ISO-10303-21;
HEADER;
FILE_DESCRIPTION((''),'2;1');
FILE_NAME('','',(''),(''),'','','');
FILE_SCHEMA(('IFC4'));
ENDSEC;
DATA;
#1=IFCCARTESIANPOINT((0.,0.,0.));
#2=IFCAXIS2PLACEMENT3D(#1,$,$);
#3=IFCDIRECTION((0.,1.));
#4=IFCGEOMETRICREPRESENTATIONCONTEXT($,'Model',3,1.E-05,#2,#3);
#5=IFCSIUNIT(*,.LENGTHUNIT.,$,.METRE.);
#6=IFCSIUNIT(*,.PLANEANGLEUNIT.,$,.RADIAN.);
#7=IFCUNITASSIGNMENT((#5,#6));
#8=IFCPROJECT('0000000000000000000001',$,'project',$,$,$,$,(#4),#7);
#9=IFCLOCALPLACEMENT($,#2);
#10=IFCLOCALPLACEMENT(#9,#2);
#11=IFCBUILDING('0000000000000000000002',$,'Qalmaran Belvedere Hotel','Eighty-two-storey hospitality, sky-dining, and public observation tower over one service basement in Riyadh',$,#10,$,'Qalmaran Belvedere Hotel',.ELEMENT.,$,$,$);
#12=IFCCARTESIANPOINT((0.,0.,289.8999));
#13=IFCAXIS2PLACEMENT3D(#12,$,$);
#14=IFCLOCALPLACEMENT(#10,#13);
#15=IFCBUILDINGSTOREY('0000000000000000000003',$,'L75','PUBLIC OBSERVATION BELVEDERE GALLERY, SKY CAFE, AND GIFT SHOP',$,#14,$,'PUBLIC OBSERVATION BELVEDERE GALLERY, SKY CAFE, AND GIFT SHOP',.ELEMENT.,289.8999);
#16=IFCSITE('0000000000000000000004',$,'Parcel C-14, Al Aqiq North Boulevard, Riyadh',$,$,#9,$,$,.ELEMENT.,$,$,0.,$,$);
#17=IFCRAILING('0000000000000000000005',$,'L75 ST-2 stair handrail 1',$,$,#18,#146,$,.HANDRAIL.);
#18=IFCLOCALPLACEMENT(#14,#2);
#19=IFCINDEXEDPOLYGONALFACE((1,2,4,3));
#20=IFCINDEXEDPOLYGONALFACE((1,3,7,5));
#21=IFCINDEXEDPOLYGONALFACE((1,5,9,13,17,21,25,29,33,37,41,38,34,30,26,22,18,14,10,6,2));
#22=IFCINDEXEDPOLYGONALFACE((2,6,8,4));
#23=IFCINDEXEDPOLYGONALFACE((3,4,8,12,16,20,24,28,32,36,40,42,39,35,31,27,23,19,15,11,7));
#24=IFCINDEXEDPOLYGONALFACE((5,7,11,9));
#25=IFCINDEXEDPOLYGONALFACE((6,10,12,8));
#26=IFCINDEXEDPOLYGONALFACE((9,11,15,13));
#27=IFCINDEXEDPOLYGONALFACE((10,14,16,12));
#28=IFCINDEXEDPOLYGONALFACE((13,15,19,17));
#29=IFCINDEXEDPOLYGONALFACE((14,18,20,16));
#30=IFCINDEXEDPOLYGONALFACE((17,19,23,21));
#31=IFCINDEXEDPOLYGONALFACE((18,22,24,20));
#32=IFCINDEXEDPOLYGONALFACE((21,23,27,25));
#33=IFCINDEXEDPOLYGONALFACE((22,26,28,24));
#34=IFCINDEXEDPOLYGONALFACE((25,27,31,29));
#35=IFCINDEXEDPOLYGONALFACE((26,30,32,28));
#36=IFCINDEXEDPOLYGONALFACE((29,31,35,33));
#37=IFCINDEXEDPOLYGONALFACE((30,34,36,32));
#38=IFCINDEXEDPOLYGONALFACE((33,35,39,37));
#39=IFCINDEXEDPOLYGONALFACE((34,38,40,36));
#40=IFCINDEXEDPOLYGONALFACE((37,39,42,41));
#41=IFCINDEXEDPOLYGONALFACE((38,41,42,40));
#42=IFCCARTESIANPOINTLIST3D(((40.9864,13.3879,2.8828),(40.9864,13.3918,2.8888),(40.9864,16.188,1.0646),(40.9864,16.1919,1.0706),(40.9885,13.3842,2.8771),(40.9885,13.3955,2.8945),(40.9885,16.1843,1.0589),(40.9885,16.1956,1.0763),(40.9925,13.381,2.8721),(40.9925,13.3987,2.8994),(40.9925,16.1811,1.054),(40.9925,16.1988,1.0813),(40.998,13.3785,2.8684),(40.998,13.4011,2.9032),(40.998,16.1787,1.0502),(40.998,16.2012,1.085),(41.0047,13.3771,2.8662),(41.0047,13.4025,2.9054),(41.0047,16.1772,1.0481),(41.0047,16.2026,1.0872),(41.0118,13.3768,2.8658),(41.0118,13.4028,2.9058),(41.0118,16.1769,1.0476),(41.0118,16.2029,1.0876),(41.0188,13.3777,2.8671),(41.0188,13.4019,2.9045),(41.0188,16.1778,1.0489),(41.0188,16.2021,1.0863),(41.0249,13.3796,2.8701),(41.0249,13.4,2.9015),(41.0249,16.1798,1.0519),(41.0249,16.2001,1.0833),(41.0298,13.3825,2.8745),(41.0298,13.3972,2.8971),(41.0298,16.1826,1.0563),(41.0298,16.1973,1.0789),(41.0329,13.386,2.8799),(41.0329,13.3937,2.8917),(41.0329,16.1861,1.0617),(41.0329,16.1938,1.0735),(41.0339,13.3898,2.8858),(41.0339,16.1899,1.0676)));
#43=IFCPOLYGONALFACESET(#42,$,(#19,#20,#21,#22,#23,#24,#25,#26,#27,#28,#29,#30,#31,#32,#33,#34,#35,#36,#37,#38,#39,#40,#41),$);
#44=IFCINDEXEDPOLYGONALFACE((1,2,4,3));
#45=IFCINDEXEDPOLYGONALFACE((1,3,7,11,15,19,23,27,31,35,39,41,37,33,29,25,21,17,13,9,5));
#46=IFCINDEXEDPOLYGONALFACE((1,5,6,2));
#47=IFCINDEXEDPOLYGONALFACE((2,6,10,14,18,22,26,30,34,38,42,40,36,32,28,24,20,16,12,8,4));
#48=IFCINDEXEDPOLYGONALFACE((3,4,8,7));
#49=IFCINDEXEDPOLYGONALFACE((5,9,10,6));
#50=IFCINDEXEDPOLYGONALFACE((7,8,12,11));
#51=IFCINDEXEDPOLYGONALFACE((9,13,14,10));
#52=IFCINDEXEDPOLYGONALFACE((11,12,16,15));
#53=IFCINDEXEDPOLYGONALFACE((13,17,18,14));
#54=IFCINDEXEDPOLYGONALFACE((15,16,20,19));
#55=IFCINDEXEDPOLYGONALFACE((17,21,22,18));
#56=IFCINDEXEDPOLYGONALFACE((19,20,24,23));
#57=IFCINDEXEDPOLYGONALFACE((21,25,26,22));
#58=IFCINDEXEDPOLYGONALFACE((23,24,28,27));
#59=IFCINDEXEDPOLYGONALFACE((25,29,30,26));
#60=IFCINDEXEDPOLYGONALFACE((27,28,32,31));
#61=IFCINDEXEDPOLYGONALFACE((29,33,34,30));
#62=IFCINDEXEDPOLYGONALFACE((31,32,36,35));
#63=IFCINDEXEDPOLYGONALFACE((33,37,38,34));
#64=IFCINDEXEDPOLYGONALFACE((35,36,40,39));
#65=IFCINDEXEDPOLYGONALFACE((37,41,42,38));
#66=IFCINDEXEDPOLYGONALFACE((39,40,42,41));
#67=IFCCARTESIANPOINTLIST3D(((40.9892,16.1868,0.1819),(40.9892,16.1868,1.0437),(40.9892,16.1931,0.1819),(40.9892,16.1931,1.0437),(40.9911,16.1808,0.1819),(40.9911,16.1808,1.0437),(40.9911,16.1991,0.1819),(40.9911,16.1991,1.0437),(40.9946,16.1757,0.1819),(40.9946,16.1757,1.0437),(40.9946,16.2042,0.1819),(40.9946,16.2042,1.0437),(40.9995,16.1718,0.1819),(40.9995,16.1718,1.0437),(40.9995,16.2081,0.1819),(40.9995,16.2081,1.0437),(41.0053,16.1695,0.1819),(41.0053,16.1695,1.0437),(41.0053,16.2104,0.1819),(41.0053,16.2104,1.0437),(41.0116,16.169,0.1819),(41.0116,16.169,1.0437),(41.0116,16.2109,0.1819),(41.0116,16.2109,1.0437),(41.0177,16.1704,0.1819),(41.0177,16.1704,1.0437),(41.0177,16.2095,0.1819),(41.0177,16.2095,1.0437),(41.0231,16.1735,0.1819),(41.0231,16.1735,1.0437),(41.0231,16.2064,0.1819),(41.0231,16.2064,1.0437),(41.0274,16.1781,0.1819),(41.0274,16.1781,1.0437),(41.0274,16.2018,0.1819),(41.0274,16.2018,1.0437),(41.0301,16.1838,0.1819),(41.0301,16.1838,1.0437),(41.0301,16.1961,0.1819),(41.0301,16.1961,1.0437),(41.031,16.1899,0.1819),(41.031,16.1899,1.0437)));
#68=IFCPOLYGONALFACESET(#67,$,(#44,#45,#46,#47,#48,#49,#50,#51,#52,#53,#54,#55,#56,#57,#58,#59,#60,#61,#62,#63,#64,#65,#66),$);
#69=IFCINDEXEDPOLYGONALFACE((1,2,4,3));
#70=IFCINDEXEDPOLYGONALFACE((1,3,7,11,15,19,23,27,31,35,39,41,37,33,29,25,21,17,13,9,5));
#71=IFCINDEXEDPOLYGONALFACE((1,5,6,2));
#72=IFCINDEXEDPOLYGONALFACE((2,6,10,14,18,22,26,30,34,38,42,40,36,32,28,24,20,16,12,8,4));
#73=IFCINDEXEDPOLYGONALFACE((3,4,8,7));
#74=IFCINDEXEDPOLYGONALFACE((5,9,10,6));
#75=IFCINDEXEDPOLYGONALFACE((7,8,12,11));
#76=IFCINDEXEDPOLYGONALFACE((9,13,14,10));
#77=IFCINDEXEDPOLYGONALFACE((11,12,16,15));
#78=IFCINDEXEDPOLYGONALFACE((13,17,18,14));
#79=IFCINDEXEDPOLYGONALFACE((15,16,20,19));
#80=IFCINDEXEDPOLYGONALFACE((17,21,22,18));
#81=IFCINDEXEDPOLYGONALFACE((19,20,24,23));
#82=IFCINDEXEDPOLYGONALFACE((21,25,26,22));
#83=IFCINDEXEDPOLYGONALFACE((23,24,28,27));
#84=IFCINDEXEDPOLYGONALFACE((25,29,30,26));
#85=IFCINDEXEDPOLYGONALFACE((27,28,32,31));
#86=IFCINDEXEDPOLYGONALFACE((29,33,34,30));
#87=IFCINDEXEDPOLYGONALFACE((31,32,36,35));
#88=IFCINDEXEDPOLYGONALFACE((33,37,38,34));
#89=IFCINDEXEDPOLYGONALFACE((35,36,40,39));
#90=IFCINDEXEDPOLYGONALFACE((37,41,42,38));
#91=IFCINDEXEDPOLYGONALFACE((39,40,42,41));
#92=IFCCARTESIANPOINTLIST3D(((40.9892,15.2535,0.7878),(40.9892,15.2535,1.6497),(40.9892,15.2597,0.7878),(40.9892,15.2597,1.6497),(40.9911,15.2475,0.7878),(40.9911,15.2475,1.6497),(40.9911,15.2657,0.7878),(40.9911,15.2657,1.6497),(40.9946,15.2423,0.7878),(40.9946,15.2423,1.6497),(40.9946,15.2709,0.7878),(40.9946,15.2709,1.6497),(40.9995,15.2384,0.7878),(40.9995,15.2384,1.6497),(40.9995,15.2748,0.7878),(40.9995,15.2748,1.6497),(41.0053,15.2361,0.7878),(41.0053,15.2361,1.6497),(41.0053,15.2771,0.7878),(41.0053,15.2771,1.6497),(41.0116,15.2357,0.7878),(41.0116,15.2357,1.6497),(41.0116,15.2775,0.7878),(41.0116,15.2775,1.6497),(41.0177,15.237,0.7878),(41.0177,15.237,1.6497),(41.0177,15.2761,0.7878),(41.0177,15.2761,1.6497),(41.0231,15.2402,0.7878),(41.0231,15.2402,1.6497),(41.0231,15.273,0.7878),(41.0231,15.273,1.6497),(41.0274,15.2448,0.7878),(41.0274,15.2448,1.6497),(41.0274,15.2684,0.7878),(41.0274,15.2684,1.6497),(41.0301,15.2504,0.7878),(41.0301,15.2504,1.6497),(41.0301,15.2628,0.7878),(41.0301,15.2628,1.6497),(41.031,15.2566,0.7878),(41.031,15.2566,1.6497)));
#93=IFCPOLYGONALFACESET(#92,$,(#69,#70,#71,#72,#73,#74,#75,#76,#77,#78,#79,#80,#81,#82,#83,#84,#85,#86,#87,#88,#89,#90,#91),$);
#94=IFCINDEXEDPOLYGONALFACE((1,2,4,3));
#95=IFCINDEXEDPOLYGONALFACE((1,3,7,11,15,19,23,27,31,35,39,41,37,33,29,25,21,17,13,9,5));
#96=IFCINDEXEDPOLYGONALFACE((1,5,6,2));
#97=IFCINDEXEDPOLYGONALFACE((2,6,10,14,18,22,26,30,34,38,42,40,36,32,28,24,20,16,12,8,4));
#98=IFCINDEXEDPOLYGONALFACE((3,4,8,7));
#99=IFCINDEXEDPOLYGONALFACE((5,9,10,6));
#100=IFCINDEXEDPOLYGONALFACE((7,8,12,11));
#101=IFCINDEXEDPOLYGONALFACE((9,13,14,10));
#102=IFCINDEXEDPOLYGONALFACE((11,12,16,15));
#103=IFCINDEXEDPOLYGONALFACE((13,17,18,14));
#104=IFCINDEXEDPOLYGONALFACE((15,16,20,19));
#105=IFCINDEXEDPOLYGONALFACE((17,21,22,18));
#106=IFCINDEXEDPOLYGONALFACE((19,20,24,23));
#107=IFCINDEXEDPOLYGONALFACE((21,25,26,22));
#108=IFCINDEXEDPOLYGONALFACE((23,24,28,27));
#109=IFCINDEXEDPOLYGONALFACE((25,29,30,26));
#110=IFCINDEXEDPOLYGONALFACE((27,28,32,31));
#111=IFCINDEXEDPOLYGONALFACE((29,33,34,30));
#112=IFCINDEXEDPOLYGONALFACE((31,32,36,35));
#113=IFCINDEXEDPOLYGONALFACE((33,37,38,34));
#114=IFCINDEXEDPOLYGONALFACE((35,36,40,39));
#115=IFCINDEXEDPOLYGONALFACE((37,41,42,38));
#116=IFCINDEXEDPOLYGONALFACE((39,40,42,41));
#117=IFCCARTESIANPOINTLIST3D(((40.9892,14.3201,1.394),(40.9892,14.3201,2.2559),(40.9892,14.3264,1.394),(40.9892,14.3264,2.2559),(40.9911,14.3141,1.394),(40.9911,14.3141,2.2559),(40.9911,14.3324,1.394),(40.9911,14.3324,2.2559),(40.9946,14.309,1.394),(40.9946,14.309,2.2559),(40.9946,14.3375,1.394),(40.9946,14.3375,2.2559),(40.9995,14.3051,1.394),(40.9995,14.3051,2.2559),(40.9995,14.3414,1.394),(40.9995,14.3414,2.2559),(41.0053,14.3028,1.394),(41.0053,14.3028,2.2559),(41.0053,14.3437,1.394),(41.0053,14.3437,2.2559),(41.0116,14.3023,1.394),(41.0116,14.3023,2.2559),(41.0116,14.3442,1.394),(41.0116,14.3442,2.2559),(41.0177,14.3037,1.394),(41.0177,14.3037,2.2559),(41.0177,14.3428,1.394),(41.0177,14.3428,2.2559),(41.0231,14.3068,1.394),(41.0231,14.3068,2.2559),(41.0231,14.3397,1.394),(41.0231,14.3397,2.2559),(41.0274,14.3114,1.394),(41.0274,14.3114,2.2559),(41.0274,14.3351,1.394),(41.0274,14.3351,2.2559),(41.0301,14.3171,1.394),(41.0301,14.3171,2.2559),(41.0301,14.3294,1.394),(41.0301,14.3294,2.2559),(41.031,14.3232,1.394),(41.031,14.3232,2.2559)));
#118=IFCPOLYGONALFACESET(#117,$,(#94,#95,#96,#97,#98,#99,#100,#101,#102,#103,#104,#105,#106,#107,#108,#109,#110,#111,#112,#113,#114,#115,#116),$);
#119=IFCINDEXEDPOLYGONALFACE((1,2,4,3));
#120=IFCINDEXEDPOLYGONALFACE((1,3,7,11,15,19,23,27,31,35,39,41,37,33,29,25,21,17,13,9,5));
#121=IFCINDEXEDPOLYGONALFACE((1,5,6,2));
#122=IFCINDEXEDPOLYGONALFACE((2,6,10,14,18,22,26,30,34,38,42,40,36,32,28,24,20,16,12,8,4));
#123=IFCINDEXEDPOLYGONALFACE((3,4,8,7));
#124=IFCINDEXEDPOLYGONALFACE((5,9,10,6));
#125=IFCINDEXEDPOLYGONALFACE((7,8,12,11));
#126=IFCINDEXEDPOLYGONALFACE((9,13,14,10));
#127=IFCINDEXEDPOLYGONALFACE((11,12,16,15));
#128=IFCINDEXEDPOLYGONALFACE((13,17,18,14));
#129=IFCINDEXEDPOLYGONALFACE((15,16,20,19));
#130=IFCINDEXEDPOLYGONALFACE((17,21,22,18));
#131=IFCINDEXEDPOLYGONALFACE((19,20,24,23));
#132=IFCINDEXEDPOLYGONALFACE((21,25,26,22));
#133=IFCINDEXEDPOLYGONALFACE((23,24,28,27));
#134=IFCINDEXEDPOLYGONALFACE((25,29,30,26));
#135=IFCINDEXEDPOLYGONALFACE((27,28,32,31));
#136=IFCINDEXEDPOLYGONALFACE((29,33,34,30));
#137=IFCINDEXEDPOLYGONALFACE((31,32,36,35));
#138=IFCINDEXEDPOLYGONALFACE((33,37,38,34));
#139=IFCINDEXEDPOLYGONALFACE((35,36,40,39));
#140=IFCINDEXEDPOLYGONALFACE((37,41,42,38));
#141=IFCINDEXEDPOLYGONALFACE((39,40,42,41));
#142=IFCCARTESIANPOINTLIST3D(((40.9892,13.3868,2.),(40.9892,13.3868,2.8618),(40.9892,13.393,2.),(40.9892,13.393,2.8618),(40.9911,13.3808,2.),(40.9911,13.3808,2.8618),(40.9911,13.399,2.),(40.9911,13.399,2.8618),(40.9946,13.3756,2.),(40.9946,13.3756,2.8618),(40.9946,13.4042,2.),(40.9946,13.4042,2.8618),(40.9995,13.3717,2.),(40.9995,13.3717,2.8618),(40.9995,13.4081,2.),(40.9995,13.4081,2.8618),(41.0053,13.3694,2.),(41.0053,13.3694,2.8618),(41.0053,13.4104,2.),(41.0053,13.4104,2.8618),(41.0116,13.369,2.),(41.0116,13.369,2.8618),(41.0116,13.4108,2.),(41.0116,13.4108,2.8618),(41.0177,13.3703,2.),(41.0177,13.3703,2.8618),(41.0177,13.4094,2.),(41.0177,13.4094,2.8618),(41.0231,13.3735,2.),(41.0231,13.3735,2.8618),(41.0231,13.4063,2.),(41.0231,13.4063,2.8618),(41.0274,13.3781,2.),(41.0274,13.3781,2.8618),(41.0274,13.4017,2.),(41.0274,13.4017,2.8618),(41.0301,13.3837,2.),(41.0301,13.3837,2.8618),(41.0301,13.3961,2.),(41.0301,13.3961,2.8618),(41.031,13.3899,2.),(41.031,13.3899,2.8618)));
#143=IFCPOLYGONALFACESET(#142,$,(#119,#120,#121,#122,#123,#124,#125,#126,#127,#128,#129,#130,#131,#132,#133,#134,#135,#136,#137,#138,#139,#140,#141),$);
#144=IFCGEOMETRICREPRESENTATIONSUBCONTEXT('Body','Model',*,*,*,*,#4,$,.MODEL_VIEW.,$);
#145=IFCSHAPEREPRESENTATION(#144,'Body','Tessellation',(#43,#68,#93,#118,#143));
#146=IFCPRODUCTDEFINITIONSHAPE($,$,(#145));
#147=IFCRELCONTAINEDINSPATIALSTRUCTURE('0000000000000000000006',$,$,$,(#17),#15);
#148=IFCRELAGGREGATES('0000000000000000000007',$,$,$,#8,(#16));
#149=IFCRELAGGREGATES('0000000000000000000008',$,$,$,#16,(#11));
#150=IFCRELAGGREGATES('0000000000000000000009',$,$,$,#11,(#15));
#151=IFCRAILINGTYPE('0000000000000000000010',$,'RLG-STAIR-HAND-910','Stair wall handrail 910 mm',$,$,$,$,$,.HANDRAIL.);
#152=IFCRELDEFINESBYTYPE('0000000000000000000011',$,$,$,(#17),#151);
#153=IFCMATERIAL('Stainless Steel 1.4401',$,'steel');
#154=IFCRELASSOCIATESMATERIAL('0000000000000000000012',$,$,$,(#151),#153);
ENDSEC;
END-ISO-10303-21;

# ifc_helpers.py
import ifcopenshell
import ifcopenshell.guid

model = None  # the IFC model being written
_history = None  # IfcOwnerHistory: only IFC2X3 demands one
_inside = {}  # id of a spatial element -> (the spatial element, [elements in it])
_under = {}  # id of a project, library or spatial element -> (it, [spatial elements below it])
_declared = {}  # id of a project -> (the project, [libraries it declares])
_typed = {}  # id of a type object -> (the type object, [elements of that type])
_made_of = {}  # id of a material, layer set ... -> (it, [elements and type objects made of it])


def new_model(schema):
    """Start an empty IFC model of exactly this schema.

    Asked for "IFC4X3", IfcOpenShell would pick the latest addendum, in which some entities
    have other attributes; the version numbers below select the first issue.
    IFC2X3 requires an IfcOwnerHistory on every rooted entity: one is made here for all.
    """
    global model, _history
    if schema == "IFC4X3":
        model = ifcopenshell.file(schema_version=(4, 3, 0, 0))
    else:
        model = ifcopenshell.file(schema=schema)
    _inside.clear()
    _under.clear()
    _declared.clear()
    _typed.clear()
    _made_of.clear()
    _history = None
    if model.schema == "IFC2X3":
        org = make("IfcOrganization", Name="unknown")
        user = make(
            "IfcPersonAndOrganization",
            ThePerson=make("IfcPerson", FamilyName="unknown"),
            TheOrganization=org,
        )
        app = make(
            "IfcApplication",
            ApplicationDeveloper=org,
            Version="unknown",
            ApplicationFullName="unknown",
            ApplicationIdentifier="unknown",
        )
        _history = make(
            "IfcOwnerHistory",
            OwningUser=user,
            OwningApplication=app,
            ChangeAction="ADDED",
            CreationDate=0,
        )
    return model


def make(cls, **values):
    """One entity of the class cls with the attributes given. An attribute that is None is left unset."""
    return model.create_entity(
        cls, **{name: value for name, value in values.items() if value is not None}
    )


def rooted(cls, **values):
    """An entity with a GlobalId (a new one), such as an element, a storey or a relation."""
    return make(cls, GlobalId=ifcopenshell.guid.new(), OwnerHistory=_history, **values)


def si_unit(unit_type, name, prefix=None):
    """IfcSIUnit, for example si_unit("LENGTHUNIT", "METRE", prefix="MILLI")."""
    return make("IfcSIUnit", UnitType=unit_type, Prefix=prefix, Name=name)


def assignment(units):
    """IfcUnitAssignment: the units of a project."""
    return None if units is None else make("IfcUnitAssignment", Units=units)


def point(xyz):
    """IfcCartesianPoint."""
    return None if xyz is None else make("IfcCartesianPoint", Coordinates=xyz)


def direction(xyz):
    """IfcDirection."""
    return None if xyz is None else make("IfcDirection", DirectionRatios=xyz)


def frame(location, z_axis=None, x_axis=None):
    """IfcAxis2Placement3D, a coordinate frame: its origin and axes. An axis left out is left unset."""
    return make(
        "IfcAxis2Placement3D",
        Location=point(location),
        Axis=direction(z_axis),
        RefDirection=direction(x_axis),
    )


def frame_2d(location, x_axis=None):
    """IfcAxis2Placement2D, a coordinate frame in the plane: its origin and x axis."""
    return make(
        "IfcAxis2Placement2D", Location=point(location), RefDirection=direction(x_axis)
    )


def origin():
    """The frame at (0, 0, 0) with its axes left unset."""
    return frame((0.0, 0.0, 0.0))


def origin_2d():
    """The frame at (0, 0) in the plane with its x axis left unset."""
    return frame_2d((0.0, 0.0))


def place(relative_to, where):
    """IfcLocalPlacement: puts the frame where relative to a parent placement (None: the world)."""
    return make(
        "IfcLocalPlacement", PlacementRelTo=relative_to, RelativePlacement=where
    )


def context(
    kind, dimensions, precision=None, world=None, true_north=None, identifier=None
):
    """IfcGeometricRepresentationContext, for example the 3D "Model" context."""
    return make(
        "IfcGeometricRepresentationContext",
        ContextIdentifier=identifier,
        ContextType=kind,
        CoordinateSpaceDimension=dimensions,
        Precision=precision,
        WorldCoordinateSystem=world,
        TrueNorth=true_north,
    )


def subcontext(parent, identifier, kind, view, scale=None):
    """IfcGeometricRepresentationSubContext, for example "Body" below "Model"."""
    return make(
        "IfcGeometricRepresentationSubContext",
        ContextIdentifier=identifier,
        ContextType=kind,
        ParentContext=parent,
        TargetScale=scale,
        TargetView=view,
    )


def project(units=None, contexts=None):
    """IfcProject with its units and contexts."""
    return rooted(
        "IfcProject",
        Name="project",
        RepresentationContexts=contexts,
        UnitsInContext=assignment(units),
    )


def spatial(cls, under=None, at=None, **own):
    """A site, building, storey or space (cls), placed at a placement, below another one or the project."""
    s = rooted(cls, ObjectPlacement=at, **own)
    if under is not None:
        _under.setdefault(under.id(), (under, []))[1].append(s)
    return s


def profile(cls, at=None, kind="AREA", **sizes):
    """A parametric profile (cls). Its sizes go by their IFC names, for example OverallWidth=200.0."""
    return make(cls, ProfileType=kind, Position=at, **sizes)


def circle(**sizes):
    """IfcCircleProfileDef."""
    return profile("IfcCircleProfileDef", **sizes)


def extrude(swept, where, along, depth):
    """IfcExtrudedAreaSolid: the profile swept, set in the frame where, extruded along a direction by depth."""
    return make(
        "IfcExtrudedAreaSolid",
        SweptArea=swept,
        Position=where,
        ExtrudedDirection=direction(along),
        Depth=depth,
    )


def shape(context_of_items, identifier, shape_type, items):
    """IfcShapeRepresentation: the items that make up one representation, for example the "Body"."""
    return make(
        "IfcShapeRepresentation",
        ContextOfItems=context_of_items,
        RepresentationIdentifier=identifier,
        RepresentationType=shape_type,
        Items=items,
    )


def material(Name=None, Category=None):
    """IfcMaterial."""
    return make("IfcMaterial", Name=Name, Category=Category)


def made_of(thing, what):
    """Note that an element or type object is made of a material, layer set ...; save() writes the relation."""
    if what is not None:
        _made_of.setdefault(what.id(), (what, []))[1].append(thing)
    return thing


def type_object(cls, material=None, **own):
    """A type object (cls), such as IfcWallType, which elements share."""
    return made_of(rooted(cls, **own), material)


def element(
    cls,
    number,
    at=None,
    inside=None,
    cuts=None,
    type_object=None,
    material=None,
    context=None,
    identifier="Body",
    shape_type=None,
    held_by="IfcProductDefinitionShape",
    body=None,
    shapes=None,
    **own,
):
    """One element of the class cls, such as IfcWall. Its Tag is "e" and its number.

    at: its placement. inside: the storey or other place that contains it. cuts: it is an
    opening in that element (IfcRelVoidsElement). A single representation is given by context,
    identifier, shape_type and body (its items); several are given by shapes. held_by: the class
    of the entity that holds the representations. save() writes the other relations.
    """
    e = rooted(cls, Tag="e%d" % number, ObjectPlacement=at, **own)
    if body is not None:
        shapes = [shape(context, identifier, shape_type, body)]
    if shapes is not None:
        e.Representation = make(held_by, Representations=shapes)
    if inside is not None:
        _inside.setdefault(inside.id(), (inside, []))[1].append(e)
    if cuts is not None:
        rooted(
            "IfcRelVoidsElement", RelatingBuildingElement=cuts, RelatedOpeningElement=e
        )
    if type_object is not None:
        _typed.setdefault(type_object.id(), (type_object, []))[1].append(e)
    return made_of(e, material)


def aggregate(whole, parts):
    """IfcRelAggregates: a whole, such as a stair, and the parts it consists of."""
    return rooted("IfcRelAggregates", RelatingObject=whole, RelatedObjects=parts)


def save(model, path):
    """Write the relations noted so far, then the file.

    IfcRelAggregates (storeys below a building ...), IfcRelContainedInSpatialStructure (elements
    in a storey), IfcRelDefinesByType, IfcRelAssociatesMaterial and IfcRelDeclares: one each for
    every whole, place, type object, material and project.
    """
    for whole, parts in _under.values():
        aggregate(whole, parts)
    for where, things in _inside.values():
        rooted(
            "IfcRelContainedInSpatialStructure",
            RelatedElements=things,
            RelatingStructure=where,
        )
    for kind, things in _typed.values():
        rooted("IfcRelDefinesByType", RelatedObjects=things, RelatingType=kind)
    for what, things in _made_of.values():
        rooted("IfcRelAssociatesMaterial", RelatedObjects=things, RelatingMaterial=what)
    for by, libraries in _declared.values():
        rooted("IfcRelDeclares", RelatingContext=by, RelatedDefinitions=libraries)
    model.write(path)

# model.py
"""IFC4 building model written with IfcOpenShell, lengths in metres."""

from ifc_helpers import new_model, si_unit, direction, frame, origin, origin_2d, place, context, subcontext, project, spatial, circle, extrude, material, type_object, element, save


model = new_model("IFC4")

# Units and contexts
model_context = context("Model", 3, precision=1e-05, world=origin(), true_north=direction((0.0, 1.0)))
body_context = subcontext(model_context, "Body", "Model", "MODEL_VIEW")
ifc_project = project(units=[si_unit("LENGTHUNIT", "METRE"), si_unit("PLANEANGLEUNIT", "RADIAN")], contexts=[model_context])

# Site, building, storey
site_placement = place(None, origin())
site = spatial("IfcSite", under=ifc_project, at=site_placement, Name="Parcel C-14, Al Aqiq North Boulevard, Riyadh", CompositionType="ELEMENT", RefElevation=0.0)
building_placement = place(site_placement, origin())
building = spatial("IfcBuilding", under=site, at=building_placement, Name="Qalmaran Belvedere Hotel", Description="Eighty-two-storey hospitality, sky-dining, and public observation tower over one service basement in Riyadh", LongName="Qalmaran Belvedere Hotel", CompositionType="ELEMENT")
storey_placement = place(building_placement, frame((0.0, 0.0, 289.8999)))
storey = spatial("IfcBuildingStorey", under=building, at=storey_placement, Name="L75", Description="PUBLIC OBSERVATION BELVEDERE GALLERY, SKY CAFE, AND GIFT SHOP", LongName="PUBLIC OBSERVATION BELVEDERE GALLERY, SKY CAFE, AND GIFT SHOP", CompositionType="ELEMENT", Elevation=289.8999)

# Shared definitions
ifc_material_1 = material(Name="Stainless Steel 1.4401", Category="steel")

# Railing
railing_type = type_object("IfcRailingType", Name="RLG-STAIR-HAND-910", Description="Stair wall handrail 910 mm", PredefinedType="HANDRAIL", material=ifc_material_1)
railing_1_placement = place(storey_placement, frame((41.01, 16.1899, 0.1819)))
element("IfcRailing", 1, at=railing_1_placement, inside=storey, type_object=railing_type, Name="L75 ST-2 stair handrail 1", PredefinedType="HANDRAIL", context=body_context, shape_type="SweptSolid", body=[
    extrude(circle(Radius=0.0239, at=origin_2d()), frame((0.0, 0.0, 0.8857), z_axis=(0.0, -0.838706, 0.544585), x_axis=(1.0, 0.0, 0.0)), (0.0, 0.0, 1.0), 3.3386),
    extrude(circle(Radius=0.021, at=origin_2d()), origin(), (0.0, 0.0, 1.0), 0.8618),
    extrude(circle(Radius=0.021, at=origin_2d()), frame((0.0, -0.9333, 0.606)), (0.0, 0.0, 1.0), 0.8618),
    extrude(circle(Radius=0.021, at=origin_2d()), frame((0.0, -1.8667, 1.2122)), (0.0, 0.0, 1.0), 0.8618),
    extrude(circle(Radius=0.021, at=origin_2d()), frame((0.0, -2.8, 1.8181)), (0.0, 0.0, 1.0), 0.8618),
])

save(model, "model.ifc")
